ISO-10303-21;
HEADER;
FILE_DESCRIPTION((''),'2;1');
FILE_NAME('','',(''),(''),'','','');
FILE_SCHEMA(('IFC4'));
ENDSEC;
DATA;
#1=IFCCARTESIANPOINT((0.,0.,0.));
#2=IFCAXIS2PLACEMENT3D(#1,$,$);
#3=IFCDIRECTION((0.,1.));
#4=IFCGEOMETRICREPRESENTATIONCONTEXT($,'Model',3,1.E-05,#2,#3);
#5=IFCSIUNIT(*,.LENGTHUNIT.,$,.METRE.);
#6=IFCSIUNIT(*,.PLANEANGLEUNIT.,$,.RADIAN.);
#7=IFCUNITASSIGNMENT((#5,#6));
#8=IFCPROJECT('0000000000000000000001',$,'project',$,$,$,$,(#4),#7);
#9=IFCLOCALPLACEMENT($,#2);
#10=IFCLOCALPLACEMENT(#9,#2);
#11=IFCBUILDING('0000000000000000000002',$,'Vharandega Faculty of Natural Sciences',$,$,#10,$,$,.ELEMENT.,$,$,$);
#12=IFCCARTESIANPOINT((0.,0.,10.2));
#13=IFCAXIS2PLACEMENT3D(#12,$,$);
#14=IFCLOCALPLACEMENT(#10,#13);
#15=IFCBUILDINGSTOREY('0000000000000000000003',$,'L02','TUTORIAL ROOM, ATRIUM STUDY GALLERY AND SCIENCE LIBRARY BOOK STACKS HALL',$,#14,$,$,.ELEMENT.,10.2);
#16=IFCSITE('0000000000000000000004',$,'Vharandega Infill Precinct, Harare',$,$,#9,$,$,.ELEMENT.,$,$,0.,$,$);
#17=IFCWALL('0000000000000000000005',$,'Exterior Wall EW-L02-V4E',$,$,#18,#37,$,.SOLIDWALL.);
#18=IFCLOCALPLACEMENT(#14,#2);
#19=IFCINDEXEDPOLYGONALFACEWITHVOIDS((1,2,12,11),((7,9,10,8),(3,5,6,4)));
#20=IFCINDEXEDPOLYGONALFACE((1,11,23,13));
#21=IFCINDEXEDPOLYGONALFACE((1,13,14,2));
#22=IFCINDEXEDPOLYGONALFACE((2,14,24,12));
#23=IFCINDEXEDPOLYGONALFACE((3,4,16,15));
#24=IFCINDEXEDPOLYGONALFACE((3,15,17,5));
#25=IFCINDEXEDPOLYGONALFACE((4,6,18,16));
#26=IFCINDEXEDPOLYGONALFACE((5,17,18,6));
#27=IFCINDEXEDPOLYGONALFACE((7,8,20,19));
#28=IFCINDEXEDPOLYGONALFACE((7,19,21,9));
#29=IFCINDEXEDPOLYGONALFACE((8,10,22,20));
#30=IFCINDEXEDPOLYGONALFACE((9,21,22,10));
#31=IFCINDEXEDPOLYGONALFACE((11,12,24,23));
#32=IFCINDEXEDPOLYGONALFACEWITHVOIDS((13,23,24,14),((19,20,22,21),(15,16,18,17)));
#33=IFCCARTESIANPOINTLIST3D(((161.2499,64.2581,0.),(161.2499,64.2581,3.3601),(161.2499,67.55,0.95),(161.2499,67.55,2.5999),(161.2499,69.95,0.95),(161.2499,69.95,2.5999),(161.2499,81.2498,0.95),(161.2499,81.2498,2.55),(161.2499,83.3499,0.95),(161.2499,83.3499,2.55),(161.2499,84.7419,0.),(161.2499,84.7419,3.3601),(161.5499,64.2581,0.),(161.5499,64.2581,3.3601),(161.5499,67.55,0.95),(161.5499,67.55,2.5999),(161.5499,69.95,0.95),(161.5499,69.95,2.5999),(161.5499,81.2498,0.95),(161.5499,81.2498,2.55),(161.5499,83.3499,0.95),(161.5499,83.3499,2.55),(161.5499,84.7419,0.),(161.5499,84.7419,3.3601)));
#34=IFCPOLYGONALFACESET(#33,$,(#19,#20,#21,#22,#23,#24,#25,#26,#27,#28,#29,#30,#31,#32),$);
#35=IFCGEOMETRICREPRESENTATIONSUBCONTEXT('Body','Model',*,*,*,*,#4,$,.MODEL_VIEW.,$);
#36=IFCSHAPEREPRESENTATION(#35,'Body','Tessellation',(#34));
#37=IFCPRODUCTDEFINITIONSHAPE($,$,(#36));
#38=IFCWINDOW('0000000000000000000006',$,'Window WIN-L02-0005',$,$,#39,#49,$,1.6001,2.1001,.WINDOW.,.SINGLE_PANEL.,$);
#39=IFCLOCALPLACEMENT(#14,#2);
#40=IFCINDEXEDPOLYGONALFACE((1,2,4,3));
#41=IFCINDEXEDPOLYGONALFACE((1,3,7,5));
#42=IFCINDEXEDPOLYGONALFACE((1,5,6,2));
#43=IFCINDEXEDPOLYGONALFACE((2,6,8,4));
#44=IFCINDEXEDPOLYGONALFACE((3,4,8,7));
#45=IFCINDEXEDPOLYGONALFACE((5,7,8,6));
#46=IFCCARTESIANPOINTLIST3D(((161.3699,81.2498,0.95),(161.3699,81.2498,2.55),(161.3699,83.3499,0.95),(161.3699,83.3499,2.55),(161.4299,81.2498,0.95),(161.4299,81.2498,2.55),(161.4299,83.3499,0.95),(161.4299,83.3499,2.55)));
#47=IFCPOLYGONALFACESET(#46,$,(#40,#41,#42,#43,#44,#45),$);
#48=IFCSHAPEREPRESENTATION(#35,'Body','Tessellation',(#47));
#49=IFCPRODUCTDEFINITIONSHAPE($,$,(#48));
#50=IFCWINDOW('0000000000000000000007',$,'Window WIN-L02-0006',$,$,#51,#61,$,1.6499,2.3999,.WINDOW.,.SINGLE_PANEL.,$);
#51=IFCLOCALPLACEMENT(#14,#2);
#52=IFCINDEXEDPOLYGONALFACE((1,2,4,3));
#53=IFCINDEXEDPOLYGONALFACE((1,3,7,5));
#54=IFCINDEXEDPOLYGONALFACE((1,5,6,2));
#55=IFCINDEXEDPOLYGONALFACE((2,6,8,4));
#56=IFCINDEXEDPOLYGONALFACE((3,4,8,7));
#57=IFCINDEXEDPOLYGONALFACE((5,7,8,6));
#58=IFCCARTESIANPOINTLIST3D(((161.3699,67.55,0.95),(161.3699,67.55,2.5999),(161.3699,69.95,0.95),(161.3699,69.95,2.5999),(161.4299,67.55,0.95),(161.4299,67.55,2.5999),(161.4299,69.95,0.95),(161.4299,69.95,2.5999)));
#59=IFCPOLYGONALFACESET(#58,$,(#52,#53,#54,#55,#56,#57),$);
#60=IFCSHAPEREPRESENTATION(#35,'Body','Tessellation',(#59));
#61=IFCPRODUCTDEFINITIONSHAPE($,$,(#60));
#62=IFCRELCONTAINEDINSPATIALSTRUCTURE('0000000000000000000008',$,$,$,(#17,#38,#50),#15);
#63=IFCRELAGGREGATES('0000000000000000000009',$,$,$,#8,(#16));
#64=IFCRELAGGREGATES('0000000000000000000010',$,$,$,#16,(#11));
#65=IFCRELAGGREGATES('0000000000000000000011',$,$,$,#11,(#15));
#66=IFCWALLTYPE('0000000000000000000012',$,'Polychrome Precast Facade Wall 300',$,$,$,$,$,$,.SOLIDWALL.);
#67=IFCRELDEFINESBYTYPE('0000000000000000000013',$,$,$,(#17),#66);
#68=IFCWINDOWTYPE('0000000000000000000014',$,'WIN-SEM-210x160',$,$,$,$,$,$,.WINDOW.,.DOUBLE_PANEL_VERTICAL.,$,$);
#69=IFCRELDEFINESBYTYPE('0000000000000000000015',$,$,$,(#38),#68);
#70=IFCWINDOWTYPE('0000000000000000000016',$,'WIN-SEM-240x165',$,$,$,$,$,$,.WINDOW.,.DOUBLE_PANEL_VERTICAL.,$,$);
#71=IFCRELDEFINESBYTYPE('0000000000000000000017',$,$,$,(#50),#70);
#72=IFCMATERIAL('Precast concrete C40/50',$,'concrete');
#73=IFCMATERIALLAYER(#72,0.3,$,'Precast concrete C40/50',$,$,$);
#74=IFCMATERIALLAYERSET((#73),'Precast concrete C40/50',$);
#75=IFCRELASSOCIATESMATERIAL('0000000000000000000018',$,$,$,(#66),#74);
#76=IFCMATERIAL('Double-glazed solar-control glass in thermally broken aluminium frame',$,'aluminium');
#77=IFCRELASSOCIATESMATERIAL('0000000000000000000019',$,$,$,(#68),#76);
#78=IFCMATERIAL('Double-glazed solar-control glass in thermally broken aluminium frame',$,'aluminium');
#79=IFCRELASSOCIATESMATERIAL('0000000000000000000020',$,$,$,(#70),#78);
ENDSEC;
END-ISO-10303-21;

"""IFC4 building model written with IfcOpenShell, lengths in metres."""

from ifc_helpers import new_model, si_unit, direction, frame, frame_2d, origin, place, context, subcontext, project, spatial, rectangle, extrude, material, layer, layer_set, type_object, element, fill, save


model = new_model("IFC4")

# Units and contexts
model_context = context("Model", 3, precision=1e-05, world=origin(), true_north=direction((0.0, 1.0)))
body_context = subcontext(model_context, "Body", "Model", "MODEL_VIEW")
ifc_project = project(units=[si_unit("LENGTHUNIT", "METRE"), si_unit("PLANEANGLEUNIT", "RADIAN")], contexts=[model_context])

# Site, building, storey
site_placement = place(None, origin())
site = spatial("IfcSite", under=ifc_project, at=site_placement, Name="Vharandega Infill Precinct, Harare", CompositionType="ELEMENT", RefElevation=0.0)
building_placement = place(site_placement, origin())
building = spatial("IfcBuilding", under=site, at=building_placement, Name="Vharandega Faculty of Natural Sciences", CompositionType="ELEMENT")
storey_placement = place(building_placement, frame((0.0, 0.0, 10.2)))
storey = spatial("IfcBuildingStorey", under=building, at=storey_placement, Name="L02", Description="TUTORIAL ROOM, ATRIUM STUDY GALLERY AND SCIENCE LIBRARY BOOK STACKS HALL", CompositionType="ELEMENT", Elevation=10.2)

# Wall, openings, windows
ifc_material_1 = material(Name="Precast concrete C40/50", Category="concrete")
ifc_layer_1 = layer(ifc_material_1, 0.3, Name="Precast concrete C40/50")
ifc_layer_set_1 = layer_set([ifc_layer_1], Name="Precast concrete C40/50")
wall_type = type_object("IfcWallType", Name="Polychrome Precast Facade Wall 300", PredefinedType="SOLIDWALL", material=ifc_layer_set_1)
wall_placement = place(storey_placement, frame((161.3999, 84.7419, 0.0), z_axis=(0.0, 0.0, 1.0), x_axis=(0.0, -1.0, 0.0)))
wall = element("IfcWall", 1, at=wall_placement, inside=storey, type_object=wall_type, Name="Exterior Wall EW-L02-V4E", PredefinedType="SOLIDWALL", context=body_context, shape_type="SweptSolid", body=[
    extrude(rectangle(XDim=20.4839, YDim=0.3, at=frame_2d((10.2419, 0.0))), origin(), (0.0, 0.0, 1.0), 3.3601),
])
opening_1_placement = place(wall_placement, frame((1.3921, 0.0, 0.95)))
opening_1 = element("IfcOpeningElement", 2, at=opening_1_placement, cuts=wall, PredefinedType="OPENING", context=body_context, shape_type="SweptSolid", body=[
    extrude(rectangle(XDim=2.1001, YDim=1.6001, at=frame_2d((1.05, 0.8))), frame((0.0, 0.1602, 0.0), z_axis=(0.0, -1.0, 0.0), x_axis=(1.0, 0.0, 0.0)), (0.0, 0.0, 1.0), 0.3201),
])
opening_2_placement = place(wall_placement, frame((14.792, 0.0, 0.95)))
opening_2 = element("IfcOpeningElement", 3, at=opening_2_placement, cuts=wall, PredefinedType="OPENING", context=body_context, shape_type="SweptSolid", body=[
    extrude(rectangle(XDim=2.3999, YDim=1.6499, at=frame_2d((1.2, 0.825))), frame((0.0, 0.1602, 0.0), z_axis=(0.0, -1.0, 0.0), x_axis=(1.0, 0.0, 0.0)), (0.0, 0.0, 1.0), 0.3201),
])
ifc_material_2 = material(Name="Double-glazed solar-control glass in thermally broken aluminium frame", Category="aluminium")
window_type_1 = type_object("IfcWindowType", Name="WIN-SEM-210x160", PartitioningType="DOUBLE_PANEL_VERTICAL", PredefinedType="WINDOW", material=ifc_material_2)
window_1_placement = place(opening_1_placement, origin())
window_1 = element("IfcWindow", 4, at=window_1_placement, inside=storey, type_object=window_type_1, Name="Window WIN-L02-0005", OverallHeight=1.6001, OverallWidth=2.1001, PartitioningType="SINGLE_PANEL", PredefinedType="WINDOW", context=body_context, shape_type="SweptSolid", body=[
    extrude(rectangle(XDim=2.1001, YDim=1.6001, at=frame_2d((1.05, 0.8))), frame((0.0, 0.03, 0.0), z_axis=(0.0, -1.0, 0.0), x_axis=(1.0, 0.0, 0.0)), (0.0, 0.0, 1.0), 0.0601),
])
fill(opening_1, window_1)
ifc_material_3 = material(Name="Double-glazed solar-control glass in thermally broken aluminium frame", Category="aluminium")
window_type_2 = type_object("IfcWindowType", Name="WIN-SEM-240x165", PartitioningType="DOUBLE_PANEL_VERTICAL", PredefinedType="WINDOW", material=ifc_material_3)
window_2_placement = place(opening_2_placement, origin())
window_2 = element("IfcWindow", 5, at=window_2_placement, inside=storey, type_object=window_type_2, Name="Window WIN-L02-0006", OverallHeight=1.6499, OverallWidth=2.3999, PartitioningType="SINGLE_PANEL", PredefinedType="WINDOW", context=body_context, shape_type="SweptSolid", body=[
    extrude(rectangle(XDim=2.3999, YDim=1.6499, at=frame_2d((1.2, 0.825))), frame((0.0, 0.03, 0.0), z_axis=(0.0, -1.0, 0.0), x_axis=(1.0, 0.0, 0.0)), (0.0, 0.0, 1.0), 0.0601),
])
fill(opening_2, window_2)

save(model, "model.ifc")
